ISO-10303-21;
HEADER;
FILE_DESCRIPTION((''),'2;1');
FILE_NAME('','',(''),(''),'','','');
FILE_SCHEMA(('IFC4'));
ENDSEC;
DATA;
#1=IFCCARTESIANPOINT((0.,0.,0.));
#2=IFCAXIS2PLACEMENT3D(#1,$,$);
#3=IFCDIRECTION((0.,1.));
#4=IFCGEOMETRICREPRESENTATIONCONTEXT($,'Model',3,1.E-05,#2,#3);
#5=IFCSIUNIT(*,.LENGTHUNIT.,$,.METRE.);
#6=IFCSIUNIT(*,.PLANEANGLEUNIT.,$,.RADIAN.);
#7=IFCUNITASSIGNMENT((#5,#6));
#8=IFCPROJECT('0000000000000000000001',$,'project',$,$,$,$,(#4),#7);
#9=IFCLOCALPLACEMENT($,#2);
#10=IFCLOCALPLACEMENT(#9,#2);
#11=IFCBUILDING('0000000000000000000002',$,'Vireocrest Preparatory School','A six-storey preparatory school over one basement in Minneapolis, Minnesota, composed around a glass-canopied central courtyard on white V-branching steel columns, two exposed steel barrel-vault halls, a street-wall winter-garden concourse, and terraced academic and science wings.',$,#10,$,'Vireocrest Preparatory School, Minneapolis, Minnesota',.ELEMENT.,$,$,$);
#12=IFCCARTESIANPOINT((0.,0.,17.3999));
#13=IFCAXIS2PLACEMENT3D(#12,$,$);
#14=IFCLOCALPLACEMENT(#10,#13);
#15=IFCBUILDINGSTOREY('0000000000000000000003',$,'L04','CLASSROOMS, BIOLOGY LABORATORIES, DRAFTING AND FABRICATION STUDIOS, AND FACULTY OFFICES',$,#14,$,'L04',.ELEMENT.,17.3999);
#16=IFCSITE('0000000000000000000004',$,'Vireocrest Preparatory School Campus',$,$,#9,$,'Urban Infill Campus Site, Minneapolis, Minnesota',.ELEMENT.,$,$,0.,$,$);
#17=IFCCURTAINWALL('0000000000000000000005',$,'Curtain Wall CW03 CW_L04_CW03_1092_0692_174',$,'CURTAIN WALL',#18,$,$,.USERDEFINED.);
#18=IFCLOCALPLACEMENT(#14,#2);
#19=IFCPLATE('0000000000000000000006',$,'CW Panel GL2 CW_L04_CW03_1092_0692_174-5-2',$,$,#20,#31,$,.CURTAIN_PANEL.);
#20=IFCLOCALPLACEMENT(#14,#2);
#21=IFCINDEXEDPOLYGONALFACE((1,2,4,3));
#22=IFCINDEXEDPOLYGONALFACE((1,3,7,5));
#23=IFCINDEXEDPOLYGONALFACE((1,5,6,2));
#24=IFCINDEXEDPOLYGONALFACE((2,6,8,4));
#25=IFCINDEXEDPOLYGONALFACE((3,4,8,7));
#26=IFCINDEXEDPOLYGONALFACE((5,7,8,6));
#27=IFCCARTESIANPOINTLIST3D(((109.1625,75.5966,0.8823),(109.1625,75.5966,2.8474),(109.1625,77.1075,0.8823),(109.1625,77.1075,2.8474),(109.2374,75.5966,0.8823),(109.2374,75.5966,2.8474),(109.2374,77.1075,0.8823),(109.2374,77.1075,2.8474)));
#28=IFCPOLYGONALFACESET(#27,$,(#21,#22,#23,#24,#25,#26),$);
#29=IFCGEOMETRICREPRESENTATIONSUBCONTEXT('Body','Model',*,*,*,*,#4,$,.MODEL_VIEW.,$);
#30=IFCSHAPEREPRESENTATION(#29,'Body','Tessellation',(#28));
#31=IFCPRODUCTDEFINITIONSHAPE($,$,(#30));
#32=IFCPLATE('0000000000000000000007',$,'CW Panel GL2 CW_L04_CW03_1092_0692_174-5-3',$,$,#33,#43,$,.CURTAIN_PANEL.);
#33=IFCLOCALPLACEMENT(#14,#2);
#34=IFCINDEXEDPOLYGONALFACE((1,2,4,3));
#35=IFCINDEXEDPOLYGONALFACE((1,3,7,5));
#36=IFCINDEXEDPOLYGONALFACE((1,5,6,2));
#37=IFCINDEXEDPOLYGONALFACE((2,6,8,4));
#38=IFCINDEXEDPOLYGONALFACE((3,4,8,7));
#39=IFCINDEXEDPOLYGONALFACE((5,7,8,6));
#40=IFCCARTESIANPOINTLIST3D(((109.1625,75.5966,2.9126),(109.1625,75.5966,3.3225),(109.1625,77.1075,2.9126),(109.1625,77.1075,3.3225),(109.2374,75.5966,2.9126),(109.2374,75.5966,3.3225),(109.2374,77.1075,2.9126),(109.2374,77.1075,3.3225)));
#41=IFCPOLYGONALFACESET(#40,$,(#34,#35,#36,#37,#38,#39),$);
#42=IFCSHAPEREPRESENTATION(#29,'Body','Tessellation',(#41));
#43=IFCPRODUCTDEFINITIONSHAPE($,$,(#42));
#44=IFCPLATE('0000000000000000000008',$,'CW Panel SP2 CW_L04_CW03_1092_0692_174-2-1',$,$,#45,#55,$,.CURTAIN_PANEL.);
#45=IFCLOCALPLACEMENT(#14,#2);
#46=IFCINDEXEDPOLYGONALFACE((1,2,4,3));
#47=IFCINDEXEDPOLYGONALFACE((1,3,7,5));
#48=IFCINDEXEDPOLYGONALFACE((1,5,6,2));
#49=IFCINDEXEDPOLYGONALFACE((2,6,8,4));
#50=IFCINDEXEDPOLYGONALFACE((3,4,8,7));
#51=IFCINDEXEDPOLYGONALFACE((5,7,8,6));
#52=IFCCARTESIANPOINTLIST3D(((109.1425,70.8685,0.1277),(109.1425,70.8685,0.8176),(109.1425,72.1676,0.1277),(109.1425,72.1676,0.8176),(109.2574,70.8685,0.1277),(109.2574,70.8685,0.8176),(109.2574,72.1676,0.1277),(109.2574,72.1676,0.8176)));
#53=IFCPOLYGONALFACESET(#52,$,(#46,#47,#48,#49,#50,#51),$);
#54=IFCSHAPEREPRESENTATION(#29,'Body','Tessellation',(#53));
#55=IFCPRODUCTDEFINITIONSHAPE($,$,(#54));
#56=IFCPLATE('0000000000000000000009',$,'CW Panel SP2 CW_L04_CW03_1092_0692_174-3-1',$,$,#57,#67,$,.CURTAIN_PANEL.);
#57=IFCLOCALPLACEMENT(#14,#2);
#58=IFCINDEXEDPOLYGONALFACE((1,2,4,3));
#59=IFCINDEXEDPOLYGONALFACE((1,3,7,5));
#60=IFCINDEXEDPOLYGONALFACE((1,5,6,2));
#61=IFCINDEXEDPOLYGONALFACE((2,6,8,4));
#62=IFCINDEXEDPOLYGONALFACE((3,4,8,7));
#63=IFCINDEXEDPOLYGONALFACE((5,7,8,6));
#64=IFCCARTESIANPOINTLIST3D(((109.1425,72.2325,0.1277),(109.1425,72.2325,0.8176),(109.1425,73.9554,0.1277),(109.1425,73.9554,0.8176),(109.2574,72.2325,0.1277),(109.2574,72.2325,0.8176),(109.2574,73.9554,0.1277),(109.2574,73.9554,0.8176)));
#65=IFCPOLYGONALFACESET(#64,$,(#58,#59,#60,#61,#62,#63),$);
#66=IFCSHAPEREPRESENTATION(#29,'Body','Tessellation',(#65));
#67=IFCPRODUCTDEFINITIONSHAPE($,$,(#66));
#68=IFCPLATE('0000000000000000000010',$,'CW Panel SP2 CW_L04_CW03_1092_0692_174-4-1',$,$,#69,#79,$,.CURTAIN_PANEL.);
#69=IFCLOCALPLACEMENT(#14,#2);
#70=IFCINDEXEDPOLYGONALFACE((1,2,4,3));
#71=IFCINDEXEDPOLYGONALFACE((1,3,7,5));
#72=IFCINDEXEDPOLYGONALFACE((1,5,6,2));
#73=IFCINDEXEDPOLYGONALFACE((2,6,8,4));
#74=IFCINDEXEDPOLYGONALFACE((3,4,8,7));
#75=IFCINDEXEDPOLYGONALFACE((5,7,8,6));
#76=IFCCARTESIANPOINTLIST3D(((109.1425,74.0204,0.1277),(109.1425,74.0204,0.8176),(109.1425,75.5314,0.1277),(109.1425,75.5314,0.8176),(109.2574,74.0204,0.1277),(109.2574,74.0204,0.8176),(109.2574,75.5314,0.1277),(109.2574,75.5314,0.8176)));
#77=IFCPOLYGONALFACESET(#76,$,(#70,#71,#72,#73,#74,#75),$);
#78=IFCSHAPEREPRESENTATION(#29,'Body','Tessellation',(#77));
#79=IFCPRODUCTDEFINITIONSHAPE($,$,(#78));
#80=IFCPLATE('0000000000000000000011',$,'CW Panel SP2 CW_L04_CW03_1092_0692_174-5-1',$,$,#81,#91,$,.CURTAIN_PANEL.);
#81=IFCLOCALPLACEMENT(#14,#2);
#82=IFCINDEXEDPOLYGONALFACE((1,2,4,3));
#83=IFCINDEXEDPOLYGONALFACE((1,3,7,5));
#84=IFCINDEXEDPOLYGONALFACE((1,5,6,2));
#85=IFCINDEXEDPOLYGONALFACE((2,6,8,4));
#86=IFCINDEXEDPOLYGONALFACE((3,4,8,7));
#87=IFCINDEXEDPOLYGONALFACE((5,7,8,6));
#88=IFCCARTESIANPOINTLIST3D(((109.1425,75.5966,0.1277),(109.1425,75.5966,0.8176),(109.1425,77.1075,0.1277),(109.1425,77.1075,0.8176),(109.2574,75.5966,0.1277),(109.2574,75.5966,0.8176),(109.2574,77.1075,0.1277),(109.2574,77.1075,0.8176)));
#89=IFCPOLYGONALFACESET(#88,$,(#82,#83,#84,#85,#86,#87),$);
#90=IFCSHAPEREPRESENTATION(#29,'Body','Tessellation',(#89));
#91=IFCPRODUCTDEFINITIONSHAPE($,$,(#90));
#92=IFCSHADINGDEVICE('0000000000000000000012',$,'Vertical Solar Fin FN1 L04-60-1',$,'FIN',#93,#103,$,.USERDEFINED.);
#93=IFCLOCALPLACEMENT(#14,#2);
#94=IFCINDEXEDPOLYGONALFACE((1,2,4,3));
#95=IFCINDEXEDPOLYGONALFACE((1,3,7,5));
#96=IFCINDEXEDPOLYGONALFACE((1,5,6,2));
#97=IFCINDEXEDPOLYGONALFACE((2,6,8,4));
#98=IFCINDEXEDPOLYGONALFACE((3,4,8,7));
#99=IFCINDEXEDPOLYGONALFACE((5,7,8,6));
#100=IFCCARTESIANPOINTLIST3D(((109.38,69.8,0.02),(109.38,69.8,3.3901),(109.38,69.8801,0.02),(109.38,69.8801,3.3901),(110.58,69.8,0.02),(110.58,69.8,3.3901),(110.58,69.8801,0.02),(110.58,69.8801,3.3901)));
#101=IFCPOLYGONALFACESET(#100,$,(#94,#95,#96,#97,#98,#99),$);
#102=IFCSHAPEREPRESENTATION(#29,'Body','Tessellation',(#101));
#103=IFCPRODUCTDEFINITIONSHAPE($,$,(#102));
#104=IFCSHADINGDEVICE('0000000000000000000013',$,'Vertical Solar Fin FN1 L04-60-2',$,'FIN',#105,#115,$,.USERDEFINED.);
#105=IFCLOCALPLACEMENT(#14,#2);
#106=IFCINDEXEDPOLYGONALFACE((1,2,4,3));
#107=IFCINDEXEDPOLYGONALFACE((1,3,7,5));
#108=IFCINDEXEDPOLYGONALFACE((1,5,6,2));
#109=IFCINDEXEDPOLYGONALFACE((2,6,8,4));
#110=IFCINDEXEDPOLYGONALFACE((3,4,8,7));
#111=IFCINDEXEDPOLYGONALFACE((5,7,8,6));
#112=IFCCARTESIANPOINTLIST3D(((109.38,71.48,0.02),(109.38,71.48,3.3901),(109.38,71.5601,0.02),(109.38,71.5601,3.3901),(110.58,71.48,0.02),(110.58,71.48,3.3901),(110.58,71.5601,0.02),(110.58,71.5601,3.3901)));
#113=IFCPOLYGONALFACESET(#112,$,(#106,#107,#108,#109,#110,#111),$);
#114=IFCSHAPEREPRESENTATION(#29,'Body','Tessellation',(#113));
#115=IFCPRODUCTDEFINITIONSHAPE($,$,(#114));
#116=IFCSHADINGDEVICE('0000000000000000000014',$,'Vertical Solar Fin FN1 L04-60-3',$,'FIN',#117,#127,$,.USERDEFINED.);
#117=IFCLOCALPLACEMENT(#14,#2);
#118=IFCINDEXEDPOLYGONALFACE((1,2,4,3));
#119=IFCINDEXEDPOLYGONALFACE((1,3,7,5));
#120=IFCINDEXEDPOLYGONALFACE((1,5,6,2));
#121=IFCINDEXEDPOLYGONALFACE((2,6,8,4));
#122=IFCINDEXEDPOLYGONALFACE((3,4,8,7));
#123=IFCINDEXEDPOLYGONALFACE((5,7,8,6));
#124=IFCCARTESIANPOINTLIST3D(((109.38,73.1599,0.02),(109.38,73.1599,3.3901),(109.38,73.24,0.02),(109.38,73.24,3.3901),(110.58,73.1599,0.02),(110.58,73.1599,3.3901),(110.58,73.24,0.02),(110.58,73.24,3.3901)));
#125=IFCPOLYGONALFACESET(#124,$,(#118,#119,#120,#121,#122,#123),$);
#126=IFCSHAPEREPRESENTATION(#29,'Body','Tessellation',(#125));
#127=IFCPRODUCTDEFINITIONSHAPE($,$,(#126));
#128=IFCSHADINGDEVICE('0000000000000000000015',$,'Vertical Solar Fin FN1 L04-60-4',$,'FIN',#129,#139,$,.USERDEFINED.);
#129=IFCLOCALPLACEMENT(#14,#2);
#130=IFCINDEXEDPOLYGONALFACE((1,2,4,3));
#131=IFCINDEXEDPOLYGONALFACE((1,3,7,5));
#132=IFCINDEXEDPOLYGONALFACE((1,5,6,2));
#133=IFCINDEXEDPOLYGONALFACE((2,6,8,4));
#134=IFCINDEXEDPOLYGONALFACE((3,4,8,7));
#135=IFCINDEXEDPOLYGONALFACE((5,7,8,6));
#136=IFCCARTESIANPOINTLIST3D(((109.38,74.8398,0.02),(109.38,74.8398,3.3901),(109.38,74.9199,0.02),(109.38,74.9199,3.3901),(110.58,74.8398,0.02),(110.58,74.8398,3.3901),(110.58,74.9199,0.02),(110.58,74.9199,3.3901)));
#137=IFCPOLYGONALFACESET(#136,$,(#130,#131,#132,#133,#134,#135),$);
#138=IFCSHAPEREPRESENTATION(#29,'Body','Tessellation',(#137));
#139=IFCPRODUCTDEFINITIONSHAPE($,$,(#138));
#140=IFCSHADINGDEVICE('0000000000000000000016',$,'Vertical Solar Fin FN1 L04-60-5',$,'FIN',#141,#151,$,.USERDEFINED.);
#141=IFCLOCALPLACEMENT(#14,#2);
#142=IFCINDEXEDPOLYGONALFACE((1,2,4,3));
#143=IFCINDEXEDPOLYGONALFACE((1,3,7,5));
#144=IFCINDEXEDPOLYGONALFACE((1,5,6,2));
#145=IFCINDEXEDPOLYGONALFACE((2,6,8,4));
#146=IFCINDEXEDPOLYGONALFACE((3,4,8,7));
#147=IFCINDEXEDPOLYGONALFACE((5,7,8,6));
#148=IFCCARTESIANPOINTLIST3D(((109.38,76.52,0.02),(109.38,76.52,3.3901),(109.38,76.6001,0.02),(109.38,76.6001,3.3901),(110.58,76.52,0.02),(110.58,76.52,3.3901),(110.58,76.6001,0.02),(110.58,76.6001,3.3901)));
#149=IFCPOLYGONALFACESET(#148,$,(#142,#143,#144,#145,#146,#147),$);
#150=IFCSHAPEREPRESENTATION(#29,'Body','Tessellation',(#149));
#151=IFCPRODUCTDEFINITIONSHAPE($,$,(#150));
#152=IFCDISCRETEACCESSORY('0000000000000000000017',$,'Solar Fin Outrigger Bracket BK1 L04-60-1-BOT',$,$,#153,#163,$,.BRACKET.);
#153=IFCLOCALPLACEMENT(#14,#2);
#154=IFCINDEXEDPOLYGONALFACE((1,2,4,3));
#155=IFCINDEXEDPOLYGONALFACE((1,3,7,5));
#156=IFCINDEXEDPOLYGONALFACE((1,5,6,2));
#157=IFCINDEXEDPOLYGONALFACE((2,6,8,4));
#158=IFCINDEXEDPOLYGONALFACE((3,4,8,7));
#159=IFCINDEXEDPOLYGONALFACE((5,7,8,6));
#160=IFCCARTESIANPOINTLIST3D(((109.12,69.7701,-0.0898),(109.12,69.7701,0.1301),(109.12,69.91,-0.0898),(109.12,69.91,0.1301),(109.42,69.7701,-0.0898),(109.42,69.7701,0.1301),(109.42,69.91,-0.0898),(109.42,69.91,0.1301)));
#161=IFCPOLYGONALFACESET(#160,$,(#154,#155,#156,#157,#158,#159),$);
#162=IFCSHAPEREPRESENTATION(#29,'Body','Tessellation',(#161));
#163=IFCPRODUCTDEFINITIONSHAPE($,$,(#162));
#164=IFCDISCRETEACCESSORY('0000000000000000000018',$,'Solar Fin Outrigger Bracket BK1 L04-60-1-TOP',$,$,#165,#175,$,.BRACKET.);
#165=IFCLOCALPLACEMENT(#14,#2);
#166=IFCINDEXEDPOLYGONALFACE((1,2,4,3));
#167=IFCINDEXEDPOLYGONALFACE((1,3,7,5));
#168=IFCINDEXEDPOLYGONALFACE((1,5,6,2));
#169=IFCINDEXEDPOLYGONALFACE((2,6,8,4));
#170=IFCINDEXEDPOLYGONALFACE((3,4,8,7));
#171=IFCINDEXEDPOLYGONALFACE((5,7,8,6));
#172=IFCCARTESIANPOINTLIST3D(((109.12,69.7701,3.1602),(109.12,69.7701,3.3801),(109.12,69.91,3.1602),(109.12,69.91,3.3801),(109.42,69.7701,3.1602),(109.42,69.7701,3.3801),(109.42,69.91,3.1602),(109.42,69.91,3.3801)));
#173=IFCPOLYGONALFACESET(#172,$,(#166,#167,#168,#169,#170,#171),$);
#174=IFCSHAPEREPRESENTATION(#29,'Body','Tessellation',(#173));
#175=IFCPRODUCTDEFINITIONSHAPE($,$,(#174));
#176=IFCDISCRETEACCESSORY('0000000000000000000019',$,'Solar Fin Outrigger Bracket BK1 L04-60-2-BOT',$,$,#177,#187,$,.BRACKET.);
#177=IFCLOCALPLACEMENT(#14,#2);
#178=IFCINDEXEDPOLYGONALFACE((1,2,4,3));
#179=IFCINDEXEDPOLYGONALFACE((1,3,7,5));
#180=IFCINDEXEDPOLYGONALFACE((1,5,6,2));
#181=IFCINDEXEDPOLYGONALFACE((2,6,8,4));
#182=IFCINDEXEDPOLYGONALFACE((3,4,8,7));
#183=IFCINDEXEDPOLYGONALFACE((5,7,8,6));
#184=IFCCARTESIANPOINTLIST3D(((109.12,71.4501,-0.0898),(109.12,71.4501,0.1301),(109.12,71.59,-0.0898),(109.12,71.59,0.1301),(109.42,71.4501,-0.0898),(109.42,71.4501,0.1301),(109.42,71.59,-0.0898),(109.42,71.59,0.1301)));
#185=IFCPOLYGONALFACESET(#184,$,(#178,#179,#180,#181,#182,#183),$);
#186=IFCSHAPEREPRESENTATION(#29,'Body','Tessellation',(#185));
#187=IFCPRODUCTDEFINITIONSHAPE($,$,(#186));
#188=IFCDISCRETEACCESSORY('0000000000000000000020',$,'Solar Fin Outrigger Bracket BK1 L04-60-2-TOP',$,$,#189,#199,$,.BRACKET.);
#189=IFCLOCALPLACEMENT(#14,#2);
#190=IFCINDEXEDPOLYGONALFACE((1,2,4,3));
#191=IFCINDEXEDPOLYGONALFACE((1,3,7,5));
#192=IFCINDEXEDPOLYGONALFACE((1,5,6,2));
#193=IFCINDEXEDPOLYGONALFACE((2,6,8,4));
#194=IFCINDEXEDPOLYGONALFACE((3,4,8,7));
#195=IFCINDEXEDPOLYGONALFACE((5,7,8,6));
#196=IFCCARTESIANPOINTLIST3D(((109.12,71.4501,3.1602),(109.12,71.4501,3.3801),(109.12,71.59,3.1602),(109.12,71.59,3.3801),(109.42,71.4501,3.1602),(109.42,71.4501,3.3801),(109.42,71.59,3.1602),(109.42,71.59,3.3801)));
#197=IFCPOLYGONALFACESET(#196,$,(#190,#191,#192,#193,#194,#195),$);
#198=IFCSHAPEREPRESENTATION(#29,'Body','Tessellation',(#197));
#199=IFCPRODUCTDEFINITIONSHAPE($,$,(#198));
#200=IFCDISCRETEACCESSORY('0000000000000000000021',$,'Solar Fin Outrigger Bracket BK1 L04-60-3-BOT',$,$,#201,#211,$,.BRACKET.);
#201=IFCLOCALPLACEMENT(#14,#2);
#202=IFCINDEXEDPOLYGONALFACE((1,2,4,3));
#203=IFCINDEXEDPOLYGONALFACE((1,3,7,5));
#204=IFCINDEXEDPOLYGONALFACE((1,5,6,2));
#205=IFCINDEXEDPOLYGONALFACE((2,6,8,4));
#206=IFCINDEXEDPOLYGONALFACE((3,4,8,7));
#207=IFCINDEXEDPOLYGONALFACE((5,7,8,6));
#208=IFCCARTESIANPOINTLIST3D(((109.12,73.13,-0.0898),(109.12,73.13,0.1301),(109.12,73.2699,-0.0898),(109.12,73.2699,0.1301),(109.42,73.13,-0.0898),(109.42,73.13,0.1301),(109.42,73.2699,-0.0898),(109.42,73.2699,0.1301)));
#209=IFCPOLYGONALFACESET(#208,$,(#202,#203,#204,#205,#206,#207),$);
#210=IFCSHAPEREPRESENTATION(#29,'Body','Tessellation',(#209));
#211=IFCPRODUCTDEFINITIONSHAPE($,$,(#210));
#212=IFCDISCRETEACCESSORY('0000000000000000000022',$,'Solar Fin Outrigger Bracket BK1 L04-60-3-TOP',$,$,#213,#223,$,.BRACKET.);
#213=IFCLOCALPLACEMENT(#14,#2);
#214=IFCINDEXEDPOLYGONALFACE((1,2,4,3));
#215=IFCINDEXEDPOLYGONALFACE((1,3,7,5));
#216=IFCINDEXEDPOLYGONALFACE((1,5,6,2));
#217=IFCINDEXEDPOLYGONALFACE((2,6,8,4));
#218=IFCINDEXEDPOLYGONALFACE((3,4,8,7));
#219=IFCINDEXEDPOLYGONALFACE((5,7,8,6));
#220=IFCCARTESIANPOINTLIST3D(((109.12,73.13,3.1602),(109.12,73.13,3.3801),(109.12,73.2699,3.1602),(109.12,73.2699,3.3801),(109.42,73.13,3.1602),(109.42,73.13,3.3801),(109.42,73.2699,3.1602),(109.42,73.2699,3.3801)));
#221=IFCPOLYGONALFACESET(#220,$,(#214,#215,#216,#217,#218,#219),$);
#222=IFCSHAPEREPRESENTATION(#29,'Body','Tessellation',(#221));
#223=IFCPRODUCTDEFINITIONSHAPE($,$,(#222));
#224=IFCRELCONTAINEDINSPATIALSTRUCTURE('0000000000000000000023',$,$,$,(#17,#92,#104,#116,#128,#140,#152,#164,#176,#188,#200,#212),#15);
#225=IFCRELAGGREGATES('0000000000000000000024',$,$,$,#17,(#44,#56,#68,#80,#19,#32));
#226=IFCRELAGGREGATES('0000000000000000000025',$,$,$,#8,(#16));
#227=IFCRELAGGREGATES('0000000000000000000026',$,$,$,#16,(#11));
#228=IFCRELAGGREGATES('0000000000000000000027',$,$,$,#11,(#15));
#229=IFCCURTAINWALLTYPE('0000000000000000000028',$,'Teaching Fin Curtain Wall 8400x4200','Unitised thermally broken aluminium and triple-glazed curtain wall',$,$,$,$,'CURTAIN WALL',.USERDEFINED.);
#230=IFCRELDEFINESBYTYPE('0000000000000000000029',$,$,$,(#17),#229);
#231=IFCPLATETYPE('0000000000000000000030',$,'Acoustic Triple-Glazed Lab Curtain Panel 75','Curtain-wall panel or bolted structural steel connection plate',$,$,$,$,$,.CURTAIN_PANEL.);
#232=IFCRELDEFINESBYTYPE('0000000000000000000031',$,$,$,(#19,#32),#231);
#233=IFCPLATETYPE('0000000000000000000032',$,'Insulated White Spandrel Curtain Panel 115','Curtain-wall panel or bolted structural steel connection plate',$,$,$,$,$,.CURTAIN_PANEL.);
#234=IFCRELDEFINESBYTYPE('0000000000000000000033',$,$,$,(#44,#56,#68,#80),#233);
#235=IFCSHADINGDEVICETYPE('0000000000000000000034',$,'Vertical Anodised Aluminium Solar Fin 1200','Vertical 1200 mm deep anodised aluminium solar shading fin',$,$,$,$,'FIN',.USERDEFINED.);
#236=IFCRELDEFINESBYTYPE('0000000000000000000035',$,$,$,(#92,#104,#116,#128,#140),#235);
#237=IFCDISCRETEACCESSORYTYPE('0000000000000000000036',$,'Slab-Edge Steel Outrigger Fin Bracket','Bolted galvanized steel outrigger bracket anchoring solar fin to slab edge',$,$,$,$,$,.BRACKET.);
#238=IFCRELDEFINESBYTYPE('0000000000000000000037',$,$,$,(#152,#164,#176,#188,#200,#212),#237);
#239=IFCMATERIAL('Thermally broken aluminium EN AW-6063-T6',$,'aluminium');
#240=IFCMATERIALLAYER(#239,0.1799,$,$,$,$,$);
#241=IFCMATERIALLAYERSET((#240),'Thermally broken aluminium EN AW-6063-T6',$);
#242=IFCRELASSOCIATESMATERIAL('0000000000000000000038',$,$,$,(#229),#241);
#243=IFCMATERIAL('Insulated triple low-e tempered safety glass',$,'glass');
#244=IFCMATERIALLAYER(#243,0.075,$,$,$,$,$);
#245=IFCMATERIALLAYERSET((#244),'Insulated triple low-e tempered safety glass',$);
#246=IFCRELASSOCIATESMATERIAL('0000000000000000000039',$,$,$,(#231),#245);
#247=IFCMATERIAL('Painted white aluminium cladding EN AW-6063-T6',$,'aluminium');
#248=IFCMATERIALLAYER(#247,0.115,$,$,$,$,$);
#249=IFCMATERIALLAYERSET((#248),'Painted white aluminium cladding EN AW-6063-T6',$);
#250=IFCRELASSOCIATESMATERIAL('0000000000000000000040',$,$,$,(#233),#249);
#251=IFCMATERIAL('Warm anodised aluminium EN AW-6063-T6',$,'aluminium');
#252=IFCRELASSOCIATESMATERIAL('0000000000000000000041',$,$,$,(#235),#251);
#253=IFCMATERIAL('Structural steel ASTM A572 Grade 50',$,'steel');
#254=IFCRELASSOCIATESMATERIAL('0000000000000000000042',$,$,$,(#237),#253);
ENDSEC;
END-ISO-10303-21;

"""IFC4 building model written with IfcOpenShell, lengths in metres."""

from ifc_helpers import new_model, si_unit, direction, frame, origin, origin_2d, place, context, subcontext, project, spatial, rectangle, extrude, material, layer, layer_set, material_profile, profile_set, type_object, element, aggregate, save


model = new_model("IFC4")

# Units and contexts
model_context = context("Model", 3, precision=1e-05, world=origin(), true_north=direction((0.0, 1.0)))
body_context = subcontext(model_context, "Body", "Model", "MODEL_VIEW")
ifc_project = project(units=[si_unit("LENGTHUNIT", "METRE"), si_unit("PLANEANGLEUNIT", "RADIAN")], contexts=[model_context])

# Site, building, storey
site_placement = place(None, origin())
site = spatial("IfcSite", under=ifc_project, at=site_placement, Name="Vireocrest Preparatory School Campus", LongName="Urban Infill Campus Site, Minneapolis, Minnesota", CompositionType="ELEMENT", RefElevation=0.0)
building_placement = place(site_placement, origin())
building = spatial("IfcBuilding", under=site, at=building_placement, Name="Vireocrest Preparatory School", Description="A six-storey preparatory school over one basement in Minneapolis, Minnesota, composed around a glass-canopied central courtyard on white V-branching steel columns, two exposed steel barrel-vault halls, a street-wall winter-garden concourse, and terraced academic and science wings.", LongName="Vireocrest Preparatory School, Minneapolis, Minnesota", CompositionType="ELEMENT")
storey_placement = place(building_placement, frame((0.0, 0.0, 17.3999)))
storey = spatial("IfcBuildingStorey", under=building, at=storey_placement, Name="L04", Description="CLASSROOMS, BIOLOGY LABORATORIES, DRAFTING AND FABRICATION STUDIOS, AND FACULTY OFFICES", LongName="L04", CompositionType="ELEMENT", Elevation=17.3999)

# Curtain wall
ifc_material_1 = material(Name="Thermally broken aluminium EN AW-6063-T6", Category="aluminium")
ifc_layer_1 = layer(ifc_material_1, 0.1799)
ifc_layer_set_1 = layer_set([ifc_layer_1], Name="Thermally broken aluminium EN AW-6063-T6")
curtain_wall_type = type_object("IfcCurtainWallType", Name="Teaching Fin Curtain Wall 8400x4200", Description="Unitised thermally broken aluminium and triple-glazed curtain wall", ElementType="CURTAIN WALL", PredefinedType="USERDEFINED", material=ifc_layer_set_1)
curtain_wall_1_placement = place(storey_placement, origin())
curtain_wall_1 = element("IfcCurtainWall", 1, at=curtain_wall_1_placement, inside=storey, type_object=curtain_wall_type, Name="Curtain Wall CW03 CW_L04_CW03_1092_0692_174", ObjectType="CURTAIN WALL", PredefinedType="USERDEFINED")

# Plates
ifc_material_2 = material(Name="Insulated triple low-e tempered safety glass", Category="glass")
ifc_layer_2 = layer(ifc_material_2, 0.075)
ifc_layer_set_2 = layer_set([ifc_layer_2], Name="Insulated triple low-e tempered safety glass")
plate_type_1 = type_object("IfcPlateType", Name="Acoustic Triple-Glazed Lab Curtain Panel 75", Description="Curtain-wall panel or bolted structural steel connection plate", PredefinedType="CURTAIN_PANEL", material=ifc_layer_set_2)
plate_1_placement = place(storey_placement, frame((109.2, 76.3521, 0.8823), z_axis=(0.0, 0.0, 1.0), x_axis=(0.0, 1.0, 0.0)))
plate_1 = element("IfcPlate", 2, at=plate_1_placement, type_object=plate_type_1, Name="CW Panel GL2 CW_L04_CW03_1092_0692_174-5-2", PredefinedType="CURTAIN_PANEL", context=body_context, shape_type="SweptSolid", body=[
    extrude(rectangle(XDim=1.511, YDim=0.075, at=origin_2d()), origin(), (0.0, 0.0, 1.0), 1.9651),
])
plate_2_placement = place(storey_placement, frame((109.2, 76.3521, 2.9126), z_axis=(0.0, 0.0, 1.0), x_axis=(0.0, 1.0, 0.0)))
plate_2 = element("IfcPlate", 3, at=plate_2_placement, type_object=plate_type_1, Name="CW Panel GL2 CW_L04_CW03_1092_0692_174-5-3", PredefinedType="CURTAIN_PANEL", context=body_context, shape_type="SweptSolid", body=[
    extrude(rectangle(XDim=1.511, YDim=0.075, at=origin_2d()), origin(), (0.0, 0.0, 1.0), 0.4099),
])
ifc_material_3 = material(Name="Painted white aluminium cladding EN AW-6063-T6", Category="aluminium")
ifc_layer_3 = layer(ifc_material_3, 0.115)
ifc_layer_set_3 = layer_set([ifc_layer_3], Name="Painted white aluminium cladding EN AW-6063-T6")
plate_type_2 = type_object("IfcPlateType", Name="Insulated White Spandrel Curtain Panel 115", Description="Curtain-wall panel or bolted structural steel connection plate", PredefinedType="CURTAIN_PANEL", material=ifc_layer_set_3)
plate_3_placement = place(storey_placement, frame((109.2, 71.5181, 0.1277), z_axis=(0.0, 0.0, 1.0), x_axis=(0.0, 1.0, 0.0)))
plate_3 = element("IfcPlate", 4, at=plate_3_placement, type_object=plate_type_2, Name="CW Panel SP2 CW_L04_CW03_1092_0692_174-2-1", PredefinedType="CURTAIN_PANEL", context=body_context, shape_type="SweptSolid", body=[
    extrude(rectangle(XDim=1.2991, YDim=0.115, at=origin_2d()), origin(), (0.0, 0.0, 1.0), 0.6899),
])
plate_4_placement = place(storey_placement, frame((109.2, 73.094, 0.1277), z_axis=(0.0, 0.0, 1.0), x_axis=(0.0, 1.0, 0.0)))
plate_4 = element("IfcPlate", 5, at=plate_4_placement, type_object=plate_type_2, Name="CW Panel SP2 CW_L04_CW03_1092_0692_174-3-1", PredefinedType="CURTAIN_PANEL", context=body_context, shape_type="SweptSolid", body=[
    extrude(rectangle(XDim=1.7229, YDim=0.115, at=origin_2d()), origin(), (0.0, 0.0, 1.0), 0.6899),
])
plate_5_placement = place(storey_placement, frame((109.2, 74.7759, 0.1277), z_axis=(0.0, 0.0, 1.0), x_axis=(0.0, 1.0, 0.0)))
plate_5 = element("IfcPlate", 6, at=plate_5_placement, type_object=plate_type_2, Name="CW Panel SP2 CW_L04_CW03_1092_0692_174-4-1", PredefinedType="CURTAIN_PANEL", context=body_context, shape_type="SweptSolid", body=[
    extrude(rectangle(XDim=1.511, YDim=0.115, at=origin_2d()), origin(), (0.0, 0.0, 1.0), 0.6899),
])
plate_6_placement = place(storey_placement, frame((109.2, 76.3521, 0.1277), z_axis=(0.0, 0.0, 1.0), x_axis=(0.0, 1.0, 0.0)))
plate_6 = element("IfcPlate", 7, at=plate_6_placement, type_object=plate_type_2, Name="CW Panel SP2 CW_L04_CW03_1092_0692_174-5-1", PredefinedType="CURTAIN_PANEL", context=body_context, shape_type="SweptSolid", body=[
    extrude(rectangle(XDim=1.511, YDim=0.115, at=origin_2d()), origin(), (0.0, 0.0, 1.0), 0.6899),
])
aggregate(curtain_wall_1, [plate_3, plate_4, plate_5, plate_6, plate_1, plate_2])

# Shading devices
ifc_material_4 = material(Name="Warm anodised aluminium EN AW-6063-T6", Category="aluminium")
ifc_material_profile_1 = material_profile(ifc_material_4, rectangle(XDim=0.0801, YDim=1.2, at=origin_2d()), Name="FIN 80x1200")
ifc_profile_set_1 = profile_set([ifc_material_profile_1], Name="Warm anodised aluminium EN AW-6063-T6")
shading_device_type = type_object("IfcShadingDeviceType", Name="Vertical Anodised Aluminium Solar Fin 1200", Description="Vertical 1200 mm deep anodised aluminium solar shading fin", ElementType="FIN", PredefinedType="USERDEFINED", material=ifc_profile_set_1)
for number, where, z_axis, x_axis, name in (
    (8, (109.98, 69.8401, 0.02), (0.0, 0.0, 1.0), (0.0, -1.0, 0.0), "Vertical Solar Fin FN1 L04-60-1"),
    (9, (109.98, 71.52, 0.02), (0.0, 0.0, 1.0), (0.0, -1.0, 0.0), "Vertical Solar Fin FN1 L04-60-2"),
    (10, (109.98, 73.2, 0.02), (0.0, 0.0, 1.0), (0.0, -1.0, 0.0), "Vertical Solar Fin FN1 L04-60-3"),
    (11, (109.98, 74.8799, 0.02), (0.0, 0.0, 1.0), (0.0, -1.0, 0.0), "Vertical Solar Fin FN1 L04-60-4"),
    (12, (109.98, 76.5601, 0.02), (0.0, 0.0, 1.0), (0.0, -1.0, 0.0), "Vertical Solar Fin FN1 L04-60-5"),
):
    element("IfcShadingDevice", number, at=place(storey_placement, frame(where, z_axis=z_axis, x_axis=x_axis)), inside=storey, type_object=shading_device_type, Name=name, ObjectType="FIN", PredefinedType="USERDEFINED", context=body_context, shape_type="SweptSolid", body=[
        extrude(rectangle(XDim=0.0801, YDim=1.2, at=origin_2d()), origin(), (0.0, 0.0, 1.0), 3.3701),
    ])

# Discrete accessories
ifc_material_5 = material(Name="Structural steel ASTM A572 Grade 50", Category="steel")
discrete_accessory_type = type_object("IfcDiscreteAccessoryType", Name="Slab-Edge Steel Outrigger Fin Bracket", Description="Bolted galvanized steel outrigger bracket anchoring solar fin to slab edge", PredefinedType="BRACKET", material=ifc_material_5)
for number, where, z_axis, x_axis, name in (
    (13, (109.27, 69.8401, -0.0898), (0.0, 0.0, 1.0), (0.0, -1.0, 0.0), "Solar Fin Outrigger Bracket BK1 L04-60-1-BOT"),
    (14, (109.27, 69.8401, 3.1602), (0.0, 0.0, 1.0), (0.0, -1.0, 0.0), "Solar Fin Outrigger Bracket BK1 L04-60-1-TOP"),
    (15, (109.27, 71.52, -0.0898), (0.0, 0.0, 1.0), (0.0, -1.0, 0.0), "Solar Fin Outrigger Bracket BK1 L04-60-2-BOT"),
    (16, (109.27, 71.52, 3.1602), (0.0, 0.0, 1.0), (0.0, -1.0, 0.0), "Solar Fin Outrigger Bracket BK1 L04-60-2-TOP"),
    (17, (109.27, 73.2, -0.0898), (0.0, 0.0, 1.0), (0.0, -1.0, 0.0), "Solar Fin Outrigger Bracket BK1 L04-60-3-BOT"),
    (18, (109.27, 73.2, 3.1602), (0.0, 0.0, 1.0), (0.0, -1.0, 0.0), "Solar Fin Outrigger Bracket BK1 L04-60-3-TOP"),
):
    element("IfcDiscreteAccessory", number, at=place(storey_placement, frame(where, z_axis=z_axis, x_axis=x_axis)), inside=storey, type_object=discrete_accessory_type, Name=name, PredefinedType="BRACKET", context=body_context, shape_type="SweptSolid", body=[
        extrude(rectangle(XDim=0.1399, YDim=0.3, at=origin_2d()), origin(), (0.0, 0.0, 1.0), 0.22),
    ])

save(model, "model.ifc")
